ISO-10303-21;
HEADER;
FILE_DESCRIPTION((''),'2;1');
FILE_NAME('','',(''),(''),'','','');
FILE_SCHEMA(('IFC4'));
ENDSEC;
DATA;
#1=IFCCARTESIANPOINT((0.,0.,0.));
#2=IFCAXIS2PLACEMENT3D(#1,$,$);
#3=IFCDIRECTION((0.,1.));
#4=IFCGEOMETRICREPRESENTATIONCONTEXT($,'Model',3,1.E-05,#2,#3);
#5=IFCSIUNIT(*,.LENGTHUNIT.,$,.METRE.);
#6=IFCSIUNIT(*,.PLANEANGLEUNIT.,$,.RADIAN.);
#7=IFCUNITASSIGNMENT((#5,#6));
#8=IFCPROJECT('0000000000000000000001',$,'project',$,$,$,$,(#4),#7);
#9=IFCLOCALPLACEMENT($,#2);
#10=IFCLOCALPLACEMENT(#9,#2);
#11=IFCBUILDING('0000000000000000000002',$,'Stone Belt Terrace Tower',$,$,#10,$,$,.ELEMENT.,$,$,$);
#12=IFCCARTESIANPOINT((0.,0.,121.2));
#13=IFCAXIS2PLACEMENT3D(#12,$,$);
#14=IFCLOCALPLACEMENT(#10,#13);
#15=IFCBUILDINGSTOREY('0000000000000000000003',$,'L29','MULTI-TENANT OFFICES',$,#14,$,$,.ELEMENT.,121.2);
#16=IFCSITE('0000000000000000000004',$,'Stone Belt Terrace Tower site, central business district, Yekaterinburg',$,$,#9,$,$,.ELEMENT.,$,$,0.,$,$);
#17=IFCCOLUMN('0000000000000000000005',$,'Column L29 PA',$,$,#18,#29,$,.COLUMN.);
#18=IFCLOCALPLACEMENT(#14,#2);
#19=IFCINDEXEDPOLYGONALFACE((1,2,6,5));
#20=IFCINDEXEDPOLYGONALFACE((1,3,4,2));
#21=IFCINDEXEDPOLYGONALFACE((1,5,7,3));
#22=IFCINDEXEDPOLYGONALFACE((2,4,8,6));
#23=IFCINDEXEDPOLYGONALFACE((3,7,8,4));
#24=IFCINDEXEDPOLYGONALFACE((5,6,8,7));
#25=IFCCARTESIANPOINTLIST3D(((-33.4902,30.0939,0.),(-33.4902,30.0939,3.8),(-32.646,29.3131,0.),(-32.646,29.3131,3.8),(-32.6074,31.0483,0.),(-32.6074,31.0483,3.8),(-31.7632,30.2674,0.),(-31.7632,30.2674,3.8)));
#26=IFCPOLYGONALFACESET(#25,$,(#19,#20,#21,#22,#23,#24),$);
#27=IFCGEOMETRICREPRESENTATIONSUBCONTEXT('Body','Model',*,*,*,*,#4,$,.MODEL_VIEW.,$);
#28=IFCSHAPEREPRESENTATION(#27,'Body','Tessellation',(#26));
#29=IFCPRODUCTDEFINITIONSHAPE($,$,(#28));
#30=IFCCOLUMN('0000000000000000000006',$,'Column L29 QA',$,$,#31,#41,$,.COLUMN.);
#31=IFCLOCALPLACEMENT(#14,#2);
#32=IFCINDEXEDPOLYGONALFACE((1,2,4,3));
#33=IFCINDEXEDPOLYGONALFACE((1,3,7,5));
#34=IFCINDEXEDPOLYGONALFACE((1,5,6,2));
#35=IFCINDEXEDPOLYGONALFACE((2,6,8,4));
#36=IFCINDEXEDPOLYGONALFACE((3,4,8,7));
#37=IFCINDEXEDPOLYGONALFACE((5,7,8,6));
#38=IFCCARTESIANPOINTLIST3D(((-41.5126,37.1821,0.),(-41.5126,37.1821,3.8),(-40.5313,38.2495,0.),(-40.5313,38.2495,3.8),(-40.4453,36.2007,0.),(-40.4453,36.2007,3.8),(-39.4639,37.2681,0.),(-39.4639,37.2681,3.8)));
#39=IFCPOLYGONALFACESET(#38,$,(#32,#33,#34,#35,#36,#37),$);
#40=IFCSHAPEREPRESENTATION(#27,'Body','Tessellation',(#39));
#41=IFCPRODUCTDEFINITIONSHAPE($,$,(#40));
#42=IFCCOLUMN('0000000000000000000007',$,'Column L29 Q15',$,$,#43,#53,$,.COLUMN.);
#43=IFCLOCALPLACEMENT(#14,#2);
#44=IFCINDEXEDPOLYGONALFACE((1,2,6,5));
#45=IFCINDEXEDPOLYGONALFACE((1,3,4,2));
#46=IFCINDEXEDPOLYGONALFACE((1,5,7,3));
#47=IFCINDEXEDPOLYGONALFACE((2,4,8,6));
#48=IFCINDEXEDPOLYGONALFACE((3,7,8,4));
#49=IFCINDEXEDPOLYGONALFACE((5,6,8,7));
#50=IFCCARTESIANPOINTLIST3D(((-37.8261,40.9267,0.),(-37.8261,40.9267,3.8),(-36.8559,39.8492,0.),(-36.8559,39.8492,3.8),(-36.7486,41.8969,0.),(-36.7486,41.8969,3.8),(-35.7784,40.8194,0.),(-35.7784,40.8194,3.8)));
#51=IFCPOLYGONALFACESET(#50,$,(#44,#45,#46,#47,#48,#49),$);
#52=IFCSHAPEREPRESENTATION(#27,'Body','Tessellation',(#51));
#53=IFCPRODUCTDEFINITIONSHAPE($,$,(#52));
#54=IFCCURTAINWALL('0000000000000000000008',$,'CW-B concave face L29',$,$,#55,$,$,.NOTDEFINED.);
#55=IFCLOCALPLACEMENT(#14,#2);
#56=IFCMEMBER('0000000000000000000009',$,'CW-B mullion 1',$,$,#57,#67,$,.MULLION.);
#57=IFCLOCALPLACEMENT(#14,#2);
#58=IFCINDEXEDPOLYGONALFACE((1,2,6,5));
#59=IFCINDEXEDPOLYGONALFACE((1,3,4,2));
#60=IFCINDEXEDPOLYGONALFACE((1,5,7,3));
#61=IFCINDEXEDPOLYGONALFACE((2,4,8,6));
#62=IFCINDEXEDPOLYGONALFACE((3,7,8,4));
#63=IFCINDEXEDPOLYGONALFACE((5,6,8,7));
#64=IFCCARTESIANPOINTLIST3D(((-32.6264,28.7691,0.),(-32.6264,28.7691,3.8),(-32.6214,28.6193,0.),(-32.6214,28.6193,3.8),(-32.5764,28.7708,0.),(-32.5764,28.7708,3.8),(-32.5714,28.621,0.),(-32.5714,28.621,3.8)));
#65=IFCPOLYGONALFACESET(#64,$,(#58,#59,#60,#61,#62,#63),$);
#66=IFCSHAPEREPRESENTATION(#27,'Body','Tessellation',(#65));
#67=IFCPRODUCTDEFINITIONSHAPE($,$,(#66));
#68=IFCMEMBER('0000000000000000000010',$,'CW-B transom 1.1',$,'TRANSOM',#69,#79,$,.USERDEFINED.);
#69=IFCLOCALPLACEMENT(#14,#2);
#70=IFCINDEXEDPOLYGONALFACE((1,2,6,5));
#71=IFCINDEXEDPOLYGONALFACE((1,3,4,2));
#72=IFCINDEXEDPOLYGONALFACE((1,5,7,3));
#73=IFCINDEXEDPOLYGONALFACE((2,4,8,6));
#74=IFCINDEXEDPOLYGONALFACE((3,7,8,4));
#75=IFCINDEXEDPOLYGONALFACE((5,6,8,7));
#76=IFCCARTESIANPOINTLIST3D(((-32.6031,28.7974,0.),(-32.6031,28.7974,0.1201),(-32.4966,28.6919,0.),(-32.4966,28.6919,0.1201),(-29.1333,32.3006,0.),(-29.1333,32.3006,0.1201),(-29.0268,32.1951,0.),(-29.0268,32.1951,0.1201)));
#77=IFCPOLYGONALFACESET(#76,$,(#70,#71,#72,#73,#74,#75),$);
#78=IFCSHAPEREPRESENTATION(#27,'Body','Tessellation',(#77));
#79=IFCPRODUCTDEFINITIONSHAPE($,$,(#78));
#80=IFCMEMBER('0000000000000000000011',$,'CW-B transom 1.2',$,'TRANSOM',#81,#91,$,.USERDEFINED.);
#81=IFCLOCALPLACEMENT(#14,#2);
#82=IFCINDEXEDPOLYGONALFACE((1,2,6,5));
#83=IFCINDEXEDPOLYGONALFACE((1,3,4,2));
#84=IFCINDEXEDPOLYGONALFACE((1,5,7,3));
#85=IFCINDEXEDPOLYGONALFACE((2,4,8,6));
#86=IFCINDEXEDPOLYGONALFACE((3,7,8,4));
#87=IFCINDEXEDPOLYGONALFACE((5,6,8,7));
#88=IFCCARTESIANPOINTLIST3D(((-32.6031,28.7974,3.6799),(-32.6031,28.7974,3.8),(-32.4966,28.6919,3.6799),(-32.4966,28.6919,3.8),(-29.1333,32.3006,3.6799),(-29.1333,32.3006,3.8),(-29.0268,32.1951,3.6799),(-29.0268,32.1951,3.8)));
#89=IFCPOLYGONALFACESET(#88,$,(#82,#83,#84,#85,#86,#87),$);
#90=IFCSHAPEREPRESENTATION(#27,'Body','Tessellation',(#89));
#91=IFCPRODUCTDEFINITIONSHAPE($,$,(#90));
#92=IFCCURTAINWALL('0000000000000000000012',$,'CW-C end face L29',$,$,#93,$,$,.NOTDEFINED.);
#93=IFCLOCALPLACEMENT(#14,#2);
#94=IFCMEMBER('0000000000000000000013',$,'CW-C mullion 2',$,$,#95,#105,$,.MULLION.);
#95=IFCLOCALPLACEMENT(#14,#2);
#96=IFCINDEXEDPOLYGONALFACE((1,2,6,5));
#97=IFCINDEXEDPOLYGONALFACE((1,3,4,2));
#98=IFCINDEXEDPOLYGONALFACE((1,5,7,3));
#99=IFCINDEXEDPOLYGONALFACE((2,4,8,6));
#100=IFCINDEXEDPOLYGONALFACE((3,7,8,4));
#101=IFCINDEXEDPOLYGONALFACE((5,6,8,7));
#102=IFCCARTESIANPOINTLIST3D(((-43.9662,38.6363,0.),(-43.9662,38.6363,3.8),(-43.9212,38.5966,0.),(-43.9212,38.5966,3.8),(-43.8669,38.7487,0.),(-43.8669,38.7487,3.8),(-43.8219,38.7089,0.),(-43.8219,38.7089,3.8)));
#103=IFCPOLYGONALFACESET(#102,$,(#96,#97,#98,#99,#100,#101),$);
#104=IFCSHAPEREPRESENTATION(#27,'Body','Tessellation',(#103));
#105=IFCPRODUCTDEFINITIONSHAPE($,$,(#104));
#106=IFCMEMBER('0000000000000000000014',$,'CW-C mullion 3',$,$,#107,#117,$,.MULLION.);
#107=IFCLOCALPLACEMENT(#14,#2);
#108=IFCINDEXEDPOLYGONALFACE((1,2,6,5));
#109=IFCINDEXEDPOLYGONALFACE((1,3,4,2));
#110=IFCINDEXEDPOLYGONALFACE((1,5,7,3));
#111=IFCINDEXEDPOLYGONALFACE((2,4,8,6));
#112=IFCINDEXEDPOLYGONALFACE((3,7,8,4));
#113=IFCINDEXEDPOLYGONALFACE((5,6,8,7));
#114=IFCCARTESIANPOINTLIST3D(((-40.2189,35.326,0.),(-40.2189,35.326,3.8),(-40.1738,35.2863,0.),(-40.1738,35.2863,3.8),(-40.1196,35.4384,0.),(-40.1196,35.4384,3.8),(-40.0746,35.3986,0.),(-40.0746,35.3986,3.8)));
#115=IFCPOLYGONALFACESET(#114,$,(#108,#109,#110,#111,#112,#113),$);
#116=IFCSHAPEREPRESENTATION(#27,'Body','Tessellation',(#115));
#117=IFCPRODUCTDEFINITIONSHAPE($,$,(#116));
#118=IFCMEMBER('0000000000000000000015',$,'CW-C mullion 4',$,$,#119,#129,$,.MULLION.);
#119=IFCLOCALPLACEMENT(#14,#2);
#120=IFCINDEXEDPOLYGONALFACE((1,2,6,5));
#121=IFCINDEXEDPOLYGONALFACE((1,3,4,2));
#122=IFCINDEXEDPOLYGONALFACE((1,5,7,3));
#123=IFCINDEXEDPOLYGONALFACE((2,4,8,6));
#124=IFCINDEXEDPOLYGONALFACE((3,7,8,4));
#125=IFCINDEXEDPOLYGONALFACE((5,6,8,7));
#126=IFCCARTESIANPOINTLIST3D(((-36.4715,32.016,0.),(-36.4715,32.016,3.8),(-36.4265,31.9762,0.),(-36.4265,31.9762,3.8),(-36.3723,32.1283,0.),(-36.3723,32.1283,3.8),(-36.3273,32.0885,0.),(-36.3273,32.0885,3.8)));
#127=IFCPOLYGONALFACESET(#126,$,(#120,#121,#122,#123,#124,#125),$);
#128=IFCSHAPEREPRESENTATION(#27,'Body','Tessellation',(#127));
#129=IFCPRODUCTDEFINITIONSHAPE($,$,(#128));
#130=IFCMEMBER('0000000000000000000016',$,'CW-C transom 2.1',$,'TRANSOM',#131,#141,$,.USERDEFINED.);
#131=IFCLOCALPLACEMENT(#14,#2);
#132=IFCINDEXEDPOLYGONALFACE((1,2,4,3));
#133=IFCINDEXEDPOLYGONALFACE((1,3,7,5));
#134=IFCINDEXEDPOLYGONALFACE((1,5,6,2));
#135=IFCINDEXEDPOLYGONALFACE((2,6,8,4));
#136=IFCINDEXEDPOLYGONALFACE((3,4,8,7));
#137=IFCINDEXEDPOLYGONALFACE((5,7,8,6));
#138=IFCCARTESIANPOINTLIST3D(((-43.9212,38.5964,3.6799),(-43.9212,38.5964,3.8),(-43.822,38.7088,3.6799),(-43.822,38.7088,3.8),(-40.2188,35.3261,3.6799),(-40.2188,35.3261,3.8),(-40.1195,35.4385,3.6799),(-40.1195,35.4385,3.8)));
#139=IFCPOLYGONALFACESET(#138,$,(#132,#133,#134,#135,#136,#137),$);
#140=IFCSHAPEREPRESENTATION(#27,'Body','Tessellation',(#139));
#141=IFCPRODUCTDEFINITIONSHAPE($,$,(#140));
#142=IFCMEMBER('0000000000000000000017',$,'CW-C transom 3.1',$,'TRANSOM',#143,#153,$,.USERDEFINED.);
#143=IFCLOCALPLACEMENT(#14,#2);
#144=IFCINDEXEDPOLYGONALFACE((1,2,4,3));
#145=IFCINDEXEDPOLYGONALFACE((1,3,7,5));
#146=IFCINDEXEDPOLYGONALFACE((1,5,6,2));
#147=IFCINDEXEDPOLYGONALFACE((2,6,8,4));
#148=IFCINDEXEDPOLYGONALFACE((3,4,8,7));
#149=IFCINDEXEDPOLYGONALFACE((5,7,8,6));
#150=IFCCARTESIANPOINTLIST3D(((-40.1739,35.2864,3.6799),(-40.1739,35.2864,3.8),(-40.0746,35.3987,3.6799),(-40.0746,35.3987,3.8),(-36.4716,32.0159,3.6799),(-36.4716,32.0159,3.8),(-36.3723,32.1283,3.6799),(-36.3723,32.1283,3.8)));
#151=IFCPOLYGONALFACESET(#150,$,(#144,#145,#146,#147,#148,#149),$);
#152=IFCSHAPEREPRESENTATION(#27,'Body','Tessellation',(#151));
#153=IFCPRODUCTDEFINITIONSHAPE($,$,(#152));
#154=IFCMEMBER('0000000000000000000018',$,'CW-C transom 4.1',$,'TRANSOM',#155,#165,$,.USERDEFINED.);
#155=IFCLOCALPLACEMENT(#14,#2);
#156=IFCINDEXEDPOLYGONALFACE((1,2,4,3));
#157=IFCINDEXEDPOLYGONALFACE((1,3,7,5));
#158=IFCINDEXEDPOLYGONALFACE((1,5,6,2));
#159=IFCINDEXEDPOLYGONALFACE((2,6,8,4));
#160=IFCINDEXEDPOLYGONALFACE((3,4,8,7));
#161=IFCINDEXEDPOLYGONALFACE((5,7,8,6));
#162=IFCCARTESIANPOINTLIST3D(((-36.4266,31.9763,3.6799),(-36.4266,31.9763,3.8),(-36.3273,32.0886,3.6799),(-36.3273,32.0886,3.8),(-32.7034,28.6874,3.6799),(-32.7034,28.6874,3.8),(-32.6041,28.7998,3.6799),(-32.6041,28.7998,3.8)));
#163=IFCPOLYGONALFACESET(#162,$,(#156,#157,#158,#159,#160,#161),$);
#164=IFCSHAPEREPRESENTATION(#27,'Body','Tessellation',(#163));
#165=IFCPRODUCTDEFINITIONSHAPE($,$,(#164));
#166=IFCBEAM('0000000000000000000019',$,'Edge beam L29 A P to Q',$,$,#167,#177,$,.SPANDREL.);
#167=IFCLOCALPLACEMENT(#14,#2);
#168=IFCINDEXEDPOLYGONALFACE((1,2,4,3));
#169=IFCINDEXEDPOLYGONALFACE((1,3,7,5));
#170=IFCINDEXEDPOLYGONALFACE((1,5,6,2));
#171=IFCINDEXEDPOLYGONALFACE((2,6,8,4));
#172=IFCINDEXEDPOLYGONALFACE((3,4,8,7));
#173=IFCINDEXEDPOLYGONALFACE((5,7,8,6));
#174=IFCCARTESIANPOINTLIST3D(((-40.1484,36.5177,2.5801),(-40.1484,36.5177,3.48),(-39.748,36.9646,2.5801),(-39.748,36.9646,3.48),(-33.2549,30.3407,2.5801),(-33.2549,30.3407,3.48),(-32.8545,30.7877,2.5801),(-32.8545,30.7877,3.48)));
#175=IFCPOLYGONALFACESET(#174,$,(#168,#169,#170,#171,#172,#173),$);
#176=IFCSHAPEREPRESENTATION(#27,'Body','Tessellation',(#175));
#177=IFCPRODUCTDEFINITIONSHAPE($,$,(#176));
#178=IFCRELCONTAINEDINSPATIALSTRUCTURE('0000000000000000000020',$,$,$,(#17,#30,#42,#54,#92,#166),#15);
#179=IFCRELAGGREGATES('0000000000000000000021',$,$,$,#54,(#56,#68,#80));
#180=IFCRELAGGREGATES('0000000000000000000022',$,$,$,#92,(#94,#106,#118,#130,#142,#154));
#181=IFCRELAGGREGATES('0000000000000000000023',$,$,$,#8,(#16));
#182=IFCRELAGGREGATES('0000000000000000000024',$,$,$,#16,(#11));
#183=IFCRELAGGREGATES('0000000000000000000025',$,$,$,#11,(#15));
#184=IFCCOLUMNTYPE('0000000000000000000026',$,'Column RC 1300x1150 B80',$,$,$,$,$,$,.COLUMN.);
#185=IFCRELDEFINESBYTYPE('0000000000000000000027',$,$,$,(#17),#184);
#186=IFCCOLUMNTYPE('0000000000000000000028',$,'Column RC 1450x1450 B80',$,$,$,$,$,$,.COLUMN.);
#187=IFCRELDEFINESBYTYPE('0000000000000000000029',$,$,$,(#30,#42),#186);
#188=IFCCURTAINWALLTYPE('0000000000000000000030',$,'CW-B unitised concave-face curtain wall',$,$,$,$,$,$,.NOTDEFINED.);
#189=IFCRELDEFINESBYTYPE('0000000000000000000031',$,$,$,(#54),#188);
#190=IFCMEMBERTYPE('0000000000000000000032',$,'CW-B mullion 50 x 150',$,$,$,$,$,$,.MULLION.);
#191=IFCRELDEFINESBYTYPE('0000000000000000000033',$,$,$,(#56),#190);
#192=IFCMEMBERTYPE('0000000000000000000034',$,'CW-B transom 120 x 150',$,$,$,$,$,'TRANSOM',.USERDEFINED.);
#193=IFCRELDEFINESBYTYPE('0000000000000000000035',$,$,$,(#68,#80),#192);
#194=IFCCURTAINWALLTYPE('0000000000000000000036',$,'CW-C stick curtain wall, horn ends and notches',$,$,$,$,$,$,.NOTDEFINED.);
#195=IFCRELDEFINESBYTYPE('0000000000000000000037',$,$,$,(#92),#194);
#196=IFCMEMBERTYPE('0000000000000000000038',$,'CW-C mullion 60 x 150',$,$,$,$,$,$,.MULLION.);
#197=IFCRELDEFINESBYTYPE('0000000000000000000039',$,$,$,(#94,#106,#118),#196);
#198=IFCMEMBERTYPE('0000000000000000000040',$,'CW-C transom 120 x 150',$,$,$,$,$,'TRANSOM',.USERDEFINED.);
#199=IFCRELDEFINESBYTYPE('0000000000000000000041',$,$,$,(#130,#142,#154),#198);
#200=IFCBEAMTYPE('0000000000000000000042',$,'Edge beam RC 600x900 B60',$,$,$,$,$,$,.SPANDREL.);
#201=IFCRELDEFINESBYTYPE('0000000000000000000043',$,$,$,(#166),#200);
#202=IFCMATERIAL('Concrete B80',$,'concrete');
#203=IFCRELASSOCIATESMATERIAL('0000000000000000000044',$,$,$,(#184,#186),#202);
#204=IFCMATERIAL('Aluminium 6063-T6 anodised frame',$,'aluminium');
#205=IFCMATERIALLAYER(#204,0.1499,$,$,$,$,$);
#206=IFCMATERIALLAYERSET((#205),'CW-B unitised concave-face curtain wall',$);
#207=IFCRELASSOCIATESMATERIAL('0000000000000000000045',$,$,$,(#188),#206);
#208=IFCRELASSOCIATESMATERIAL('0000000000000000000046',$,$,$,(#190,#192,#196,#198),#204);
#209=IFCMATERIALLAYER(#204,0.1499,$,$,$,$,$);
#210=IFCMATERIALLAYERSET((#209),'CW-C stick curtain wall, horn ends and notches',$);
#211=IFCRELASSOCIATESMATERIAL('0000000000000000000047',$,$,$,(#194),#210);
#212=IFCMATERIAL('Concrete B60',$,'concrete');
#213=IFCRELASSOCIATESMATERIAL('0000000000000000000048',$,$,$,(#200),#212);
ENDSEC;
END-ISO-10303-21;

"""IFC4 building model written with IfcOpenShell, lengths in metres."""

from ifc_helpers import new_model, si_unit, direction, frame, origin, origin_2d, place, context, subcontext, project, spatial, rectangle, extrude, material, layer, layer_set, material_profile, profile_set, type_object, element, aggregate, save


model = new_model("IFC4")

# Units and contexts
model_context = context("Model", 3, precision=1e-05, world=origin(), true_north=direction((0.0, 1.0)))
body_context = subcontext(model_context, "Body", "Model", "MODEL_VIEW")
ifc_project = project(units=[si_unit("LENGTHUNIT", "METRE"), si_unit("PLANEANGLEUNIT", "RADIAN")], contexts=[model_context])

# Site, building, storey
site_placement = place(None, origin())
site = spatial("IfcSite", under=ifc_project, at=site_placement, Name="Stone Belt Terrace Tower site, central business district, Yekaterinburg", CompositionType="ELEMENT", RefElevation=0.0)
building_placement = place(site_placement, origin())
building = spatial("IfcBuilding", under=site, at=building_placement, Name="Stone Belt Terrace Tower", CompositionType="ELEMENT")
storey_placement = place(building_placement, frame((0.0, 0.0, 121.2)))
storey = spatial("IfcBuildingStorey", under=building, at=storey_placement, Name="L29", Description="MULTI-TENANT OFFICES", CompositionType="ELEMENT", Elevation=121.2)

# Columns
ifc_material_1 = material(Name="Concrete B80", Category="concrete")
ifc_material_profile_1 = material_profile(ifc_material_1, rectangle(XDim=1.3, YDim=1.1499, at=origin_2d()), Name="RC 1300x1150")
ifc_profile_set_1 = profile_set([ifc_material_profile_1], Name="Concrete B80")
column_type_1 = type_object("IfcColumnType", Name="Column RC 1300x1150 B80", PredefinedType="COLUMN", material=ifc_profile_set_1)
column_placement = place(storey_placement, frame((-32.6267, 30.1807, 0.0), z_axis=(0.0, 0.0, 1.0), x_axis=(0.679054, 0.734088, 0.0)))
element("IfcColumn", 1, at=column_placement, inside=storey, type_object=column_type_1, Name="Column L29 PA", PredefinedType="COLUMN", context=body_context, shape_type="SweptSolid", body=[
    extrude(rectangle(XDim=1.3, YDim=1.1499, at=origin_2d()), origin(), (0.0, 0.0, 1.0), 3.8),
])
ifc_material_profile_2 = material_profile(ifc_material_1, rectangle(XDim=1.45, YDim=1.45, at=origin_2d()), Name="RC 1450x1450")
ifc_profile_set_2 = profile_set([ifc_material_profile_2], Name="Concrete B80")
column_type_2 = type_object("IfcColumnType", Name="Column RC 1450x1450 B80", PredefinedType="COLUMN", material=ifc_profile_set_2)
for number, where, z_axis, x_axis, name in (
    (2, (-40.4883, 37.2251, 0.0), (0.0, 0.0, 1.0), (0.676819, 0.736149, 0.0), "Column L29 QA"),
    (3, (-36.8022, 40.873, 0.0), (0.0, 0.0, 1.0), (0.743145, 0.669131, 0.0), "Column L29 Q15"),
):
    element("IfcColumn", number, at=place(storey_placement, frame(where, z_axis=z_axis, x_axis=x_axis)), inside=storey, type_object=column_type_2, Name=name, PredefinedType="COLUMN", context=body_context, shape_type="SweptSolid", body=[
        extrude(rectangle(XDim=1.45, YDim=1.45, at=origin_2d()), origin(), (0.0, 0.0, 1.0), 3.8),
    ])

# Curtain walls, members
ifc_material_2 = material(Name="Aluminium 6063-T6 anodised frame", Category="aluminium")
ifc_layer_1 = layer(ifc_material_2, 0.1499)
ifc_layer_set_1 = layer_set([ifc_layer_1], Name="CW-B unitised concave-face curtain wall")
curtain_wall_type_1 = type_object("IfcCurtainWallType", Name="CW-B unitised concave-face curtain wall", PredefinedType="NOTDEFINED", material=ifc_layer_set_1)
curtain_wall_1_placement = place(storey_placement, origin())
curtain_wall_1 = element("IfcCurtainWall", 4, at=curtain_wall_1_placement, inside=storey, type_object=curtain_wall_type_1, Name="CW-B concave face L29", PredefinedType="NOTDEFINED")
ifc_material_profile_3 = material_profile(ifc_material_2, rectangle(XDim=0.1499, YDim=0.05, at=origin_2d()), Name="Aluminium 6063-T6 50x150")
ifc_profile_set_3 = profile_set([ifc_material_profile_3], Name="Aluminium 6063-T6 anodised frame")
member_type_1 = type_object("IfcMemberType", Name="CW-B mullion 50 x 150", PredefinedType="MULLION", material=ifc_profile_set_3)
member_1_placement = place(storey_placement, frame((-32.5989, 28.6951, 0.0), z_axis=(0.0, 0.0, 1.0), x_axis=(-0.03331, 0.999445, 0.0)))
member_1 = element("IfcMember", 5, at=member_1_placement, type_object=member_type_1, Name="CW-B mullion 1", PredefinedType="MULLION", context=body_context, shape_type="SweptSolid", body=[
    extrude(rectangle(XDim=0.1499, YDim=0.05, at=origin_2d()), origin(), (0.0, 0.0, 1.0), 3.8),
])
ifc_material_profile_4 = material_profile(ifc_material_2, rectangle(XDim=0.1499, YDim=0.1201, at=origin_2d()), Name="Aluminium 6063-T6 150x120")
ifc_profile_set_4 = profile_set([ifc_material_profile_4], Name="Aluminium 6063-T6 anodised frame")
member_type_2 = type_object("IfcMemberType", Name="CW-B transom 120 x 150", ElementType="TRANSOM", PredefinedType="USERDEFINED", material=ifc_profile_set_4)
member_2_placement = place(storey_placement, frame((-32.5498, 28.7446, 0.0601), z_axis=(0.703707, 0.71049, 0.0), x_axis=(-0.71049, 0.703707, 0.0)))
member_2 = element("IfcMember", 6, at=member_2_placement, type_object=member_type_2, Name="CW-B transom 1.1", ObjectType="TRANSOM", PredefinedType="USERDEFINED", context=body_context, shape_type="SweptSolid", body=[
    extrude(rectangle(XDim=0.1499, YDim=0.1201, at=origin_2d()), origin(), (0.0, 0.0, 1.0), 4.9307),
])
member_3_placement = place(storey_placement, frame((-32.5498, 28.7446, 3.74), z_axis=(0.703707, 0.71049, 0.0), x_axis=(-0.71049, 0.703707, 0.0)))
member_3 = element("IfcMember", 7, at=member_3_placement, type_object=member_type_2, Name="CW-B transom 1.2", ObjectType="TRANSOM", PredefinedType="USERDEFINED", context=body_context, shape_type="SweptSolid", body=[
    extrude(rectangle(XDim=0.1499, YDim=0.1201, at=origin_2d()), origin(), (0.0, 0.0, 1.0), 4.9307),
])
ifc_layer_2 = layer(ifc_material_2, 0.1499)
ifc_layer_set_2 = layer_set([ifc_layer_2], Name="CW-C stick curtain wall, horn ends and notches")
curtain_wall_type_2 = type_object("IfcCurtainWallType", Name="CW-C stick curtain wall, horn ends and notches", PredefinedType="NOTDEFINED", material=ifc_layer_set_2)
curtain_wall_2_placement = place(storey_placement, origin())
curtain_wall_2 = element("IfcCurtainWall", 8, at=curtain_wall_2_placement, inside=storey, type_object=curtain_wall_type_2, Name="CW-C end face L29", PredefinedType="NOTDEFINED")
ifc_material_profile_5 = material_profile(ifc_material_2, rectangle(XDim=0.1499, YDim=0.0601, at=origin_2d()), Name="Aluminium 6063-T6 60x150")
ifc_profile_set_5 = profile_set([ifc_material_profile_5], Name="Aluminium 6063-T6 anodised frame")
member_type_3 = type_object("IfcMemberType", Name="CW-C mullion 60 x 150", PredefinedType="MULLION", material=ifc_profile_set_5)
member_4_placement = place(storey_placement, frame((-43.894, 38.6726, 0.0), z_axis=(0.0, 0.0, 1.0), x_axis=(0.66203, 0.749478, 0.0)))
member_4 = element("IfcMember", 9, at=member_4_placement, type_object=member_type_3, Name="CW-C mullion 2", PredefinedType="MULLION", context=body_context, shape_type="SweptSolid", body=[
    extrude(rectangle(XDim=0.1499, YDim=0.0601, at=origin_2d()), origin(), (0.0, 0.0, 1.0), 3.8),
])
member_5_placement = place(storey_placement, frame((-40.1467, 35.3623, 0.0), z_axis=(0.0, 0.0, 1.0), x_axis=(0.66203, 0.749478, 0.0)))
member_5 = element("IfcMember", 10, at=member_5_placement, type_object=member_type_3, Name="CW-C mullion 3", PredefinedType="MULLION", context=body_context, shape_type="SweptSolid", body=[
    extrude(rectangle(XDim=0.1499, YDim=0.0601, at=origin_2d()), origin(), (0.0, 0.0, 1.0), 3.8),
])
member_6_placement = place(storey_placement, frame((-36.3994, 32.0522, 0.0), z_axis=(0.0, 0.0, 1.0), x_axis=(0.66203, 0.749478, 0.0)))
member_6 = element("IfcMember", 11, at=member_6_placement, type_object=member_type_3, Name="CW-C mullion 4", PredefinedType="MULLION", context=body_context, shape_type="SweptSolid", body=[
    extrude(rectangle(XDim=0.1499, YDim=0.0601, at=origin_2d()), origin(), (0.0, 0.0, 1.0), 3.8),
])
ifc_material_profile_6 = material_profile(ifc_material_2, rectangle(XDim=0.1499, YDim=0.1201, at=origin_2d()), Name="Aluminium 6063-T6 150x120")
ifc_profile_set_6 = profile_set([ifc_material_profile_6], Name="Aluminium 6063-T6 anodised frame")
member_type_4 = type_object("IfcMemberType", Name="CW-C transom 120 x 150", ElementType="TRANSOM", PredefinedType="USERDEFINED", material=ifc_profile_set_6)
member_7_placement = place(storey_placement, frame((-43.8716, 38.6526, 3.74), z_axis=(0.749492, -0.662014, 0.0), x_axis=(0.662014, 0.749492, 0.0)))
member_7 = element("IfcMember", 12, at=member_7_placement, type_object=member_type_4, Name="CW-C transom 2.1", ObjectType="TRANSOM", PredefinedType="USERDEFINED", context=body_context, shape_type="SweptSolid", body=[
    extrude(rectangle(XDim=0.1499, YDim=0.1201, at=origin_2d()), origin(), (0.0, 0.0, 1.0), 4.9399),
])
member_8_placement = place(storey_placement, frame((-40.1243, 35.3425, 3.74), z_axis=(0.749467, -0.662042, 0.0), x_axis=(0.662042, 0.749467, 0.0)))
member_8 = element("IfcMember", 13, at=member_8_placement, type_object=member_type_4, Name="CW-C transom 3.1", ObjectType="TRANSOM", PredefinedType="USERDEFINED", context=body_context, shape_type="SweptSolid", body=[
    extrude(rectangle(XDim=0.1499, YDim=0.1201, at=origin_2d()), origin(), (0.0, 0.0, 1.0), 4.9399),
])
member_9_placement = place(storey_placement, frame((-36.377, 32.0325, 3.74), z_axis=(0.749469, -0.662039, 0.0), x_axis=(0.662039, 0.749469, 0.0)))
member_9 = element("IfcMember", 14, at=member_9_placement, type_object=member_type_4, Name="CW-C transom 4.1", ObjectType="TRANSOM", PredefinedType="USERDEFINED", context=body_context, shape_type="SweptSolid", body=[
    extrude(rectangle(XDim=0.1499, YDim=0.1201, at=origin_2d()), origin(), (0.0, 0.0, 1.0), 4.9678),
])

# Beam
ifc_material_3 = material(Name="Concrete B60", Category="concrete")
ifc_material_profile_7 = material_profile(ifc_material_3, rectangle(XDim=0.6001, YDim=0.8999, at=origin_2d()), Name="RC 600x900")
ifc_profile_set_7 = profile_set([ifc_material_profile_7], Name="Concrete B60")
beam_type_1 = type_object("IfcBeamType", Name="Edge beam RC 600x900 B60", PredefinedType="SPANDREL", material=ifc_profile_set_7)
beam_1_placement = place(storey_placement, frame((-33.0547, 30.5642, 3.03), z_axis=(-0.744753, 0.66734, 0.0), x_axis=(-0.66734, -0.744753, 0.0)))
element("IfcBeam", 15, at=beam_1_placement, inside=storey, type_object=beam_type_1, Name="Edge beam L29 A P to Q", PredefinedType="SPANDREL", context=body_context, shape_type="SweptSolid", body=[
    extrude(rectangle(XDim=0.6001, YDim=0.8999, at=origin_2d()), origin(), (0.0, 0.0, 1.0), 9.2561),
])

aggregate(curtain_wall_1, [member_1, member_2, member_3])
aggregate(curtain_wall_2, [member_4, member_5, member_6, member_7, member_8, member_9])

save(model, "model.ifc")
